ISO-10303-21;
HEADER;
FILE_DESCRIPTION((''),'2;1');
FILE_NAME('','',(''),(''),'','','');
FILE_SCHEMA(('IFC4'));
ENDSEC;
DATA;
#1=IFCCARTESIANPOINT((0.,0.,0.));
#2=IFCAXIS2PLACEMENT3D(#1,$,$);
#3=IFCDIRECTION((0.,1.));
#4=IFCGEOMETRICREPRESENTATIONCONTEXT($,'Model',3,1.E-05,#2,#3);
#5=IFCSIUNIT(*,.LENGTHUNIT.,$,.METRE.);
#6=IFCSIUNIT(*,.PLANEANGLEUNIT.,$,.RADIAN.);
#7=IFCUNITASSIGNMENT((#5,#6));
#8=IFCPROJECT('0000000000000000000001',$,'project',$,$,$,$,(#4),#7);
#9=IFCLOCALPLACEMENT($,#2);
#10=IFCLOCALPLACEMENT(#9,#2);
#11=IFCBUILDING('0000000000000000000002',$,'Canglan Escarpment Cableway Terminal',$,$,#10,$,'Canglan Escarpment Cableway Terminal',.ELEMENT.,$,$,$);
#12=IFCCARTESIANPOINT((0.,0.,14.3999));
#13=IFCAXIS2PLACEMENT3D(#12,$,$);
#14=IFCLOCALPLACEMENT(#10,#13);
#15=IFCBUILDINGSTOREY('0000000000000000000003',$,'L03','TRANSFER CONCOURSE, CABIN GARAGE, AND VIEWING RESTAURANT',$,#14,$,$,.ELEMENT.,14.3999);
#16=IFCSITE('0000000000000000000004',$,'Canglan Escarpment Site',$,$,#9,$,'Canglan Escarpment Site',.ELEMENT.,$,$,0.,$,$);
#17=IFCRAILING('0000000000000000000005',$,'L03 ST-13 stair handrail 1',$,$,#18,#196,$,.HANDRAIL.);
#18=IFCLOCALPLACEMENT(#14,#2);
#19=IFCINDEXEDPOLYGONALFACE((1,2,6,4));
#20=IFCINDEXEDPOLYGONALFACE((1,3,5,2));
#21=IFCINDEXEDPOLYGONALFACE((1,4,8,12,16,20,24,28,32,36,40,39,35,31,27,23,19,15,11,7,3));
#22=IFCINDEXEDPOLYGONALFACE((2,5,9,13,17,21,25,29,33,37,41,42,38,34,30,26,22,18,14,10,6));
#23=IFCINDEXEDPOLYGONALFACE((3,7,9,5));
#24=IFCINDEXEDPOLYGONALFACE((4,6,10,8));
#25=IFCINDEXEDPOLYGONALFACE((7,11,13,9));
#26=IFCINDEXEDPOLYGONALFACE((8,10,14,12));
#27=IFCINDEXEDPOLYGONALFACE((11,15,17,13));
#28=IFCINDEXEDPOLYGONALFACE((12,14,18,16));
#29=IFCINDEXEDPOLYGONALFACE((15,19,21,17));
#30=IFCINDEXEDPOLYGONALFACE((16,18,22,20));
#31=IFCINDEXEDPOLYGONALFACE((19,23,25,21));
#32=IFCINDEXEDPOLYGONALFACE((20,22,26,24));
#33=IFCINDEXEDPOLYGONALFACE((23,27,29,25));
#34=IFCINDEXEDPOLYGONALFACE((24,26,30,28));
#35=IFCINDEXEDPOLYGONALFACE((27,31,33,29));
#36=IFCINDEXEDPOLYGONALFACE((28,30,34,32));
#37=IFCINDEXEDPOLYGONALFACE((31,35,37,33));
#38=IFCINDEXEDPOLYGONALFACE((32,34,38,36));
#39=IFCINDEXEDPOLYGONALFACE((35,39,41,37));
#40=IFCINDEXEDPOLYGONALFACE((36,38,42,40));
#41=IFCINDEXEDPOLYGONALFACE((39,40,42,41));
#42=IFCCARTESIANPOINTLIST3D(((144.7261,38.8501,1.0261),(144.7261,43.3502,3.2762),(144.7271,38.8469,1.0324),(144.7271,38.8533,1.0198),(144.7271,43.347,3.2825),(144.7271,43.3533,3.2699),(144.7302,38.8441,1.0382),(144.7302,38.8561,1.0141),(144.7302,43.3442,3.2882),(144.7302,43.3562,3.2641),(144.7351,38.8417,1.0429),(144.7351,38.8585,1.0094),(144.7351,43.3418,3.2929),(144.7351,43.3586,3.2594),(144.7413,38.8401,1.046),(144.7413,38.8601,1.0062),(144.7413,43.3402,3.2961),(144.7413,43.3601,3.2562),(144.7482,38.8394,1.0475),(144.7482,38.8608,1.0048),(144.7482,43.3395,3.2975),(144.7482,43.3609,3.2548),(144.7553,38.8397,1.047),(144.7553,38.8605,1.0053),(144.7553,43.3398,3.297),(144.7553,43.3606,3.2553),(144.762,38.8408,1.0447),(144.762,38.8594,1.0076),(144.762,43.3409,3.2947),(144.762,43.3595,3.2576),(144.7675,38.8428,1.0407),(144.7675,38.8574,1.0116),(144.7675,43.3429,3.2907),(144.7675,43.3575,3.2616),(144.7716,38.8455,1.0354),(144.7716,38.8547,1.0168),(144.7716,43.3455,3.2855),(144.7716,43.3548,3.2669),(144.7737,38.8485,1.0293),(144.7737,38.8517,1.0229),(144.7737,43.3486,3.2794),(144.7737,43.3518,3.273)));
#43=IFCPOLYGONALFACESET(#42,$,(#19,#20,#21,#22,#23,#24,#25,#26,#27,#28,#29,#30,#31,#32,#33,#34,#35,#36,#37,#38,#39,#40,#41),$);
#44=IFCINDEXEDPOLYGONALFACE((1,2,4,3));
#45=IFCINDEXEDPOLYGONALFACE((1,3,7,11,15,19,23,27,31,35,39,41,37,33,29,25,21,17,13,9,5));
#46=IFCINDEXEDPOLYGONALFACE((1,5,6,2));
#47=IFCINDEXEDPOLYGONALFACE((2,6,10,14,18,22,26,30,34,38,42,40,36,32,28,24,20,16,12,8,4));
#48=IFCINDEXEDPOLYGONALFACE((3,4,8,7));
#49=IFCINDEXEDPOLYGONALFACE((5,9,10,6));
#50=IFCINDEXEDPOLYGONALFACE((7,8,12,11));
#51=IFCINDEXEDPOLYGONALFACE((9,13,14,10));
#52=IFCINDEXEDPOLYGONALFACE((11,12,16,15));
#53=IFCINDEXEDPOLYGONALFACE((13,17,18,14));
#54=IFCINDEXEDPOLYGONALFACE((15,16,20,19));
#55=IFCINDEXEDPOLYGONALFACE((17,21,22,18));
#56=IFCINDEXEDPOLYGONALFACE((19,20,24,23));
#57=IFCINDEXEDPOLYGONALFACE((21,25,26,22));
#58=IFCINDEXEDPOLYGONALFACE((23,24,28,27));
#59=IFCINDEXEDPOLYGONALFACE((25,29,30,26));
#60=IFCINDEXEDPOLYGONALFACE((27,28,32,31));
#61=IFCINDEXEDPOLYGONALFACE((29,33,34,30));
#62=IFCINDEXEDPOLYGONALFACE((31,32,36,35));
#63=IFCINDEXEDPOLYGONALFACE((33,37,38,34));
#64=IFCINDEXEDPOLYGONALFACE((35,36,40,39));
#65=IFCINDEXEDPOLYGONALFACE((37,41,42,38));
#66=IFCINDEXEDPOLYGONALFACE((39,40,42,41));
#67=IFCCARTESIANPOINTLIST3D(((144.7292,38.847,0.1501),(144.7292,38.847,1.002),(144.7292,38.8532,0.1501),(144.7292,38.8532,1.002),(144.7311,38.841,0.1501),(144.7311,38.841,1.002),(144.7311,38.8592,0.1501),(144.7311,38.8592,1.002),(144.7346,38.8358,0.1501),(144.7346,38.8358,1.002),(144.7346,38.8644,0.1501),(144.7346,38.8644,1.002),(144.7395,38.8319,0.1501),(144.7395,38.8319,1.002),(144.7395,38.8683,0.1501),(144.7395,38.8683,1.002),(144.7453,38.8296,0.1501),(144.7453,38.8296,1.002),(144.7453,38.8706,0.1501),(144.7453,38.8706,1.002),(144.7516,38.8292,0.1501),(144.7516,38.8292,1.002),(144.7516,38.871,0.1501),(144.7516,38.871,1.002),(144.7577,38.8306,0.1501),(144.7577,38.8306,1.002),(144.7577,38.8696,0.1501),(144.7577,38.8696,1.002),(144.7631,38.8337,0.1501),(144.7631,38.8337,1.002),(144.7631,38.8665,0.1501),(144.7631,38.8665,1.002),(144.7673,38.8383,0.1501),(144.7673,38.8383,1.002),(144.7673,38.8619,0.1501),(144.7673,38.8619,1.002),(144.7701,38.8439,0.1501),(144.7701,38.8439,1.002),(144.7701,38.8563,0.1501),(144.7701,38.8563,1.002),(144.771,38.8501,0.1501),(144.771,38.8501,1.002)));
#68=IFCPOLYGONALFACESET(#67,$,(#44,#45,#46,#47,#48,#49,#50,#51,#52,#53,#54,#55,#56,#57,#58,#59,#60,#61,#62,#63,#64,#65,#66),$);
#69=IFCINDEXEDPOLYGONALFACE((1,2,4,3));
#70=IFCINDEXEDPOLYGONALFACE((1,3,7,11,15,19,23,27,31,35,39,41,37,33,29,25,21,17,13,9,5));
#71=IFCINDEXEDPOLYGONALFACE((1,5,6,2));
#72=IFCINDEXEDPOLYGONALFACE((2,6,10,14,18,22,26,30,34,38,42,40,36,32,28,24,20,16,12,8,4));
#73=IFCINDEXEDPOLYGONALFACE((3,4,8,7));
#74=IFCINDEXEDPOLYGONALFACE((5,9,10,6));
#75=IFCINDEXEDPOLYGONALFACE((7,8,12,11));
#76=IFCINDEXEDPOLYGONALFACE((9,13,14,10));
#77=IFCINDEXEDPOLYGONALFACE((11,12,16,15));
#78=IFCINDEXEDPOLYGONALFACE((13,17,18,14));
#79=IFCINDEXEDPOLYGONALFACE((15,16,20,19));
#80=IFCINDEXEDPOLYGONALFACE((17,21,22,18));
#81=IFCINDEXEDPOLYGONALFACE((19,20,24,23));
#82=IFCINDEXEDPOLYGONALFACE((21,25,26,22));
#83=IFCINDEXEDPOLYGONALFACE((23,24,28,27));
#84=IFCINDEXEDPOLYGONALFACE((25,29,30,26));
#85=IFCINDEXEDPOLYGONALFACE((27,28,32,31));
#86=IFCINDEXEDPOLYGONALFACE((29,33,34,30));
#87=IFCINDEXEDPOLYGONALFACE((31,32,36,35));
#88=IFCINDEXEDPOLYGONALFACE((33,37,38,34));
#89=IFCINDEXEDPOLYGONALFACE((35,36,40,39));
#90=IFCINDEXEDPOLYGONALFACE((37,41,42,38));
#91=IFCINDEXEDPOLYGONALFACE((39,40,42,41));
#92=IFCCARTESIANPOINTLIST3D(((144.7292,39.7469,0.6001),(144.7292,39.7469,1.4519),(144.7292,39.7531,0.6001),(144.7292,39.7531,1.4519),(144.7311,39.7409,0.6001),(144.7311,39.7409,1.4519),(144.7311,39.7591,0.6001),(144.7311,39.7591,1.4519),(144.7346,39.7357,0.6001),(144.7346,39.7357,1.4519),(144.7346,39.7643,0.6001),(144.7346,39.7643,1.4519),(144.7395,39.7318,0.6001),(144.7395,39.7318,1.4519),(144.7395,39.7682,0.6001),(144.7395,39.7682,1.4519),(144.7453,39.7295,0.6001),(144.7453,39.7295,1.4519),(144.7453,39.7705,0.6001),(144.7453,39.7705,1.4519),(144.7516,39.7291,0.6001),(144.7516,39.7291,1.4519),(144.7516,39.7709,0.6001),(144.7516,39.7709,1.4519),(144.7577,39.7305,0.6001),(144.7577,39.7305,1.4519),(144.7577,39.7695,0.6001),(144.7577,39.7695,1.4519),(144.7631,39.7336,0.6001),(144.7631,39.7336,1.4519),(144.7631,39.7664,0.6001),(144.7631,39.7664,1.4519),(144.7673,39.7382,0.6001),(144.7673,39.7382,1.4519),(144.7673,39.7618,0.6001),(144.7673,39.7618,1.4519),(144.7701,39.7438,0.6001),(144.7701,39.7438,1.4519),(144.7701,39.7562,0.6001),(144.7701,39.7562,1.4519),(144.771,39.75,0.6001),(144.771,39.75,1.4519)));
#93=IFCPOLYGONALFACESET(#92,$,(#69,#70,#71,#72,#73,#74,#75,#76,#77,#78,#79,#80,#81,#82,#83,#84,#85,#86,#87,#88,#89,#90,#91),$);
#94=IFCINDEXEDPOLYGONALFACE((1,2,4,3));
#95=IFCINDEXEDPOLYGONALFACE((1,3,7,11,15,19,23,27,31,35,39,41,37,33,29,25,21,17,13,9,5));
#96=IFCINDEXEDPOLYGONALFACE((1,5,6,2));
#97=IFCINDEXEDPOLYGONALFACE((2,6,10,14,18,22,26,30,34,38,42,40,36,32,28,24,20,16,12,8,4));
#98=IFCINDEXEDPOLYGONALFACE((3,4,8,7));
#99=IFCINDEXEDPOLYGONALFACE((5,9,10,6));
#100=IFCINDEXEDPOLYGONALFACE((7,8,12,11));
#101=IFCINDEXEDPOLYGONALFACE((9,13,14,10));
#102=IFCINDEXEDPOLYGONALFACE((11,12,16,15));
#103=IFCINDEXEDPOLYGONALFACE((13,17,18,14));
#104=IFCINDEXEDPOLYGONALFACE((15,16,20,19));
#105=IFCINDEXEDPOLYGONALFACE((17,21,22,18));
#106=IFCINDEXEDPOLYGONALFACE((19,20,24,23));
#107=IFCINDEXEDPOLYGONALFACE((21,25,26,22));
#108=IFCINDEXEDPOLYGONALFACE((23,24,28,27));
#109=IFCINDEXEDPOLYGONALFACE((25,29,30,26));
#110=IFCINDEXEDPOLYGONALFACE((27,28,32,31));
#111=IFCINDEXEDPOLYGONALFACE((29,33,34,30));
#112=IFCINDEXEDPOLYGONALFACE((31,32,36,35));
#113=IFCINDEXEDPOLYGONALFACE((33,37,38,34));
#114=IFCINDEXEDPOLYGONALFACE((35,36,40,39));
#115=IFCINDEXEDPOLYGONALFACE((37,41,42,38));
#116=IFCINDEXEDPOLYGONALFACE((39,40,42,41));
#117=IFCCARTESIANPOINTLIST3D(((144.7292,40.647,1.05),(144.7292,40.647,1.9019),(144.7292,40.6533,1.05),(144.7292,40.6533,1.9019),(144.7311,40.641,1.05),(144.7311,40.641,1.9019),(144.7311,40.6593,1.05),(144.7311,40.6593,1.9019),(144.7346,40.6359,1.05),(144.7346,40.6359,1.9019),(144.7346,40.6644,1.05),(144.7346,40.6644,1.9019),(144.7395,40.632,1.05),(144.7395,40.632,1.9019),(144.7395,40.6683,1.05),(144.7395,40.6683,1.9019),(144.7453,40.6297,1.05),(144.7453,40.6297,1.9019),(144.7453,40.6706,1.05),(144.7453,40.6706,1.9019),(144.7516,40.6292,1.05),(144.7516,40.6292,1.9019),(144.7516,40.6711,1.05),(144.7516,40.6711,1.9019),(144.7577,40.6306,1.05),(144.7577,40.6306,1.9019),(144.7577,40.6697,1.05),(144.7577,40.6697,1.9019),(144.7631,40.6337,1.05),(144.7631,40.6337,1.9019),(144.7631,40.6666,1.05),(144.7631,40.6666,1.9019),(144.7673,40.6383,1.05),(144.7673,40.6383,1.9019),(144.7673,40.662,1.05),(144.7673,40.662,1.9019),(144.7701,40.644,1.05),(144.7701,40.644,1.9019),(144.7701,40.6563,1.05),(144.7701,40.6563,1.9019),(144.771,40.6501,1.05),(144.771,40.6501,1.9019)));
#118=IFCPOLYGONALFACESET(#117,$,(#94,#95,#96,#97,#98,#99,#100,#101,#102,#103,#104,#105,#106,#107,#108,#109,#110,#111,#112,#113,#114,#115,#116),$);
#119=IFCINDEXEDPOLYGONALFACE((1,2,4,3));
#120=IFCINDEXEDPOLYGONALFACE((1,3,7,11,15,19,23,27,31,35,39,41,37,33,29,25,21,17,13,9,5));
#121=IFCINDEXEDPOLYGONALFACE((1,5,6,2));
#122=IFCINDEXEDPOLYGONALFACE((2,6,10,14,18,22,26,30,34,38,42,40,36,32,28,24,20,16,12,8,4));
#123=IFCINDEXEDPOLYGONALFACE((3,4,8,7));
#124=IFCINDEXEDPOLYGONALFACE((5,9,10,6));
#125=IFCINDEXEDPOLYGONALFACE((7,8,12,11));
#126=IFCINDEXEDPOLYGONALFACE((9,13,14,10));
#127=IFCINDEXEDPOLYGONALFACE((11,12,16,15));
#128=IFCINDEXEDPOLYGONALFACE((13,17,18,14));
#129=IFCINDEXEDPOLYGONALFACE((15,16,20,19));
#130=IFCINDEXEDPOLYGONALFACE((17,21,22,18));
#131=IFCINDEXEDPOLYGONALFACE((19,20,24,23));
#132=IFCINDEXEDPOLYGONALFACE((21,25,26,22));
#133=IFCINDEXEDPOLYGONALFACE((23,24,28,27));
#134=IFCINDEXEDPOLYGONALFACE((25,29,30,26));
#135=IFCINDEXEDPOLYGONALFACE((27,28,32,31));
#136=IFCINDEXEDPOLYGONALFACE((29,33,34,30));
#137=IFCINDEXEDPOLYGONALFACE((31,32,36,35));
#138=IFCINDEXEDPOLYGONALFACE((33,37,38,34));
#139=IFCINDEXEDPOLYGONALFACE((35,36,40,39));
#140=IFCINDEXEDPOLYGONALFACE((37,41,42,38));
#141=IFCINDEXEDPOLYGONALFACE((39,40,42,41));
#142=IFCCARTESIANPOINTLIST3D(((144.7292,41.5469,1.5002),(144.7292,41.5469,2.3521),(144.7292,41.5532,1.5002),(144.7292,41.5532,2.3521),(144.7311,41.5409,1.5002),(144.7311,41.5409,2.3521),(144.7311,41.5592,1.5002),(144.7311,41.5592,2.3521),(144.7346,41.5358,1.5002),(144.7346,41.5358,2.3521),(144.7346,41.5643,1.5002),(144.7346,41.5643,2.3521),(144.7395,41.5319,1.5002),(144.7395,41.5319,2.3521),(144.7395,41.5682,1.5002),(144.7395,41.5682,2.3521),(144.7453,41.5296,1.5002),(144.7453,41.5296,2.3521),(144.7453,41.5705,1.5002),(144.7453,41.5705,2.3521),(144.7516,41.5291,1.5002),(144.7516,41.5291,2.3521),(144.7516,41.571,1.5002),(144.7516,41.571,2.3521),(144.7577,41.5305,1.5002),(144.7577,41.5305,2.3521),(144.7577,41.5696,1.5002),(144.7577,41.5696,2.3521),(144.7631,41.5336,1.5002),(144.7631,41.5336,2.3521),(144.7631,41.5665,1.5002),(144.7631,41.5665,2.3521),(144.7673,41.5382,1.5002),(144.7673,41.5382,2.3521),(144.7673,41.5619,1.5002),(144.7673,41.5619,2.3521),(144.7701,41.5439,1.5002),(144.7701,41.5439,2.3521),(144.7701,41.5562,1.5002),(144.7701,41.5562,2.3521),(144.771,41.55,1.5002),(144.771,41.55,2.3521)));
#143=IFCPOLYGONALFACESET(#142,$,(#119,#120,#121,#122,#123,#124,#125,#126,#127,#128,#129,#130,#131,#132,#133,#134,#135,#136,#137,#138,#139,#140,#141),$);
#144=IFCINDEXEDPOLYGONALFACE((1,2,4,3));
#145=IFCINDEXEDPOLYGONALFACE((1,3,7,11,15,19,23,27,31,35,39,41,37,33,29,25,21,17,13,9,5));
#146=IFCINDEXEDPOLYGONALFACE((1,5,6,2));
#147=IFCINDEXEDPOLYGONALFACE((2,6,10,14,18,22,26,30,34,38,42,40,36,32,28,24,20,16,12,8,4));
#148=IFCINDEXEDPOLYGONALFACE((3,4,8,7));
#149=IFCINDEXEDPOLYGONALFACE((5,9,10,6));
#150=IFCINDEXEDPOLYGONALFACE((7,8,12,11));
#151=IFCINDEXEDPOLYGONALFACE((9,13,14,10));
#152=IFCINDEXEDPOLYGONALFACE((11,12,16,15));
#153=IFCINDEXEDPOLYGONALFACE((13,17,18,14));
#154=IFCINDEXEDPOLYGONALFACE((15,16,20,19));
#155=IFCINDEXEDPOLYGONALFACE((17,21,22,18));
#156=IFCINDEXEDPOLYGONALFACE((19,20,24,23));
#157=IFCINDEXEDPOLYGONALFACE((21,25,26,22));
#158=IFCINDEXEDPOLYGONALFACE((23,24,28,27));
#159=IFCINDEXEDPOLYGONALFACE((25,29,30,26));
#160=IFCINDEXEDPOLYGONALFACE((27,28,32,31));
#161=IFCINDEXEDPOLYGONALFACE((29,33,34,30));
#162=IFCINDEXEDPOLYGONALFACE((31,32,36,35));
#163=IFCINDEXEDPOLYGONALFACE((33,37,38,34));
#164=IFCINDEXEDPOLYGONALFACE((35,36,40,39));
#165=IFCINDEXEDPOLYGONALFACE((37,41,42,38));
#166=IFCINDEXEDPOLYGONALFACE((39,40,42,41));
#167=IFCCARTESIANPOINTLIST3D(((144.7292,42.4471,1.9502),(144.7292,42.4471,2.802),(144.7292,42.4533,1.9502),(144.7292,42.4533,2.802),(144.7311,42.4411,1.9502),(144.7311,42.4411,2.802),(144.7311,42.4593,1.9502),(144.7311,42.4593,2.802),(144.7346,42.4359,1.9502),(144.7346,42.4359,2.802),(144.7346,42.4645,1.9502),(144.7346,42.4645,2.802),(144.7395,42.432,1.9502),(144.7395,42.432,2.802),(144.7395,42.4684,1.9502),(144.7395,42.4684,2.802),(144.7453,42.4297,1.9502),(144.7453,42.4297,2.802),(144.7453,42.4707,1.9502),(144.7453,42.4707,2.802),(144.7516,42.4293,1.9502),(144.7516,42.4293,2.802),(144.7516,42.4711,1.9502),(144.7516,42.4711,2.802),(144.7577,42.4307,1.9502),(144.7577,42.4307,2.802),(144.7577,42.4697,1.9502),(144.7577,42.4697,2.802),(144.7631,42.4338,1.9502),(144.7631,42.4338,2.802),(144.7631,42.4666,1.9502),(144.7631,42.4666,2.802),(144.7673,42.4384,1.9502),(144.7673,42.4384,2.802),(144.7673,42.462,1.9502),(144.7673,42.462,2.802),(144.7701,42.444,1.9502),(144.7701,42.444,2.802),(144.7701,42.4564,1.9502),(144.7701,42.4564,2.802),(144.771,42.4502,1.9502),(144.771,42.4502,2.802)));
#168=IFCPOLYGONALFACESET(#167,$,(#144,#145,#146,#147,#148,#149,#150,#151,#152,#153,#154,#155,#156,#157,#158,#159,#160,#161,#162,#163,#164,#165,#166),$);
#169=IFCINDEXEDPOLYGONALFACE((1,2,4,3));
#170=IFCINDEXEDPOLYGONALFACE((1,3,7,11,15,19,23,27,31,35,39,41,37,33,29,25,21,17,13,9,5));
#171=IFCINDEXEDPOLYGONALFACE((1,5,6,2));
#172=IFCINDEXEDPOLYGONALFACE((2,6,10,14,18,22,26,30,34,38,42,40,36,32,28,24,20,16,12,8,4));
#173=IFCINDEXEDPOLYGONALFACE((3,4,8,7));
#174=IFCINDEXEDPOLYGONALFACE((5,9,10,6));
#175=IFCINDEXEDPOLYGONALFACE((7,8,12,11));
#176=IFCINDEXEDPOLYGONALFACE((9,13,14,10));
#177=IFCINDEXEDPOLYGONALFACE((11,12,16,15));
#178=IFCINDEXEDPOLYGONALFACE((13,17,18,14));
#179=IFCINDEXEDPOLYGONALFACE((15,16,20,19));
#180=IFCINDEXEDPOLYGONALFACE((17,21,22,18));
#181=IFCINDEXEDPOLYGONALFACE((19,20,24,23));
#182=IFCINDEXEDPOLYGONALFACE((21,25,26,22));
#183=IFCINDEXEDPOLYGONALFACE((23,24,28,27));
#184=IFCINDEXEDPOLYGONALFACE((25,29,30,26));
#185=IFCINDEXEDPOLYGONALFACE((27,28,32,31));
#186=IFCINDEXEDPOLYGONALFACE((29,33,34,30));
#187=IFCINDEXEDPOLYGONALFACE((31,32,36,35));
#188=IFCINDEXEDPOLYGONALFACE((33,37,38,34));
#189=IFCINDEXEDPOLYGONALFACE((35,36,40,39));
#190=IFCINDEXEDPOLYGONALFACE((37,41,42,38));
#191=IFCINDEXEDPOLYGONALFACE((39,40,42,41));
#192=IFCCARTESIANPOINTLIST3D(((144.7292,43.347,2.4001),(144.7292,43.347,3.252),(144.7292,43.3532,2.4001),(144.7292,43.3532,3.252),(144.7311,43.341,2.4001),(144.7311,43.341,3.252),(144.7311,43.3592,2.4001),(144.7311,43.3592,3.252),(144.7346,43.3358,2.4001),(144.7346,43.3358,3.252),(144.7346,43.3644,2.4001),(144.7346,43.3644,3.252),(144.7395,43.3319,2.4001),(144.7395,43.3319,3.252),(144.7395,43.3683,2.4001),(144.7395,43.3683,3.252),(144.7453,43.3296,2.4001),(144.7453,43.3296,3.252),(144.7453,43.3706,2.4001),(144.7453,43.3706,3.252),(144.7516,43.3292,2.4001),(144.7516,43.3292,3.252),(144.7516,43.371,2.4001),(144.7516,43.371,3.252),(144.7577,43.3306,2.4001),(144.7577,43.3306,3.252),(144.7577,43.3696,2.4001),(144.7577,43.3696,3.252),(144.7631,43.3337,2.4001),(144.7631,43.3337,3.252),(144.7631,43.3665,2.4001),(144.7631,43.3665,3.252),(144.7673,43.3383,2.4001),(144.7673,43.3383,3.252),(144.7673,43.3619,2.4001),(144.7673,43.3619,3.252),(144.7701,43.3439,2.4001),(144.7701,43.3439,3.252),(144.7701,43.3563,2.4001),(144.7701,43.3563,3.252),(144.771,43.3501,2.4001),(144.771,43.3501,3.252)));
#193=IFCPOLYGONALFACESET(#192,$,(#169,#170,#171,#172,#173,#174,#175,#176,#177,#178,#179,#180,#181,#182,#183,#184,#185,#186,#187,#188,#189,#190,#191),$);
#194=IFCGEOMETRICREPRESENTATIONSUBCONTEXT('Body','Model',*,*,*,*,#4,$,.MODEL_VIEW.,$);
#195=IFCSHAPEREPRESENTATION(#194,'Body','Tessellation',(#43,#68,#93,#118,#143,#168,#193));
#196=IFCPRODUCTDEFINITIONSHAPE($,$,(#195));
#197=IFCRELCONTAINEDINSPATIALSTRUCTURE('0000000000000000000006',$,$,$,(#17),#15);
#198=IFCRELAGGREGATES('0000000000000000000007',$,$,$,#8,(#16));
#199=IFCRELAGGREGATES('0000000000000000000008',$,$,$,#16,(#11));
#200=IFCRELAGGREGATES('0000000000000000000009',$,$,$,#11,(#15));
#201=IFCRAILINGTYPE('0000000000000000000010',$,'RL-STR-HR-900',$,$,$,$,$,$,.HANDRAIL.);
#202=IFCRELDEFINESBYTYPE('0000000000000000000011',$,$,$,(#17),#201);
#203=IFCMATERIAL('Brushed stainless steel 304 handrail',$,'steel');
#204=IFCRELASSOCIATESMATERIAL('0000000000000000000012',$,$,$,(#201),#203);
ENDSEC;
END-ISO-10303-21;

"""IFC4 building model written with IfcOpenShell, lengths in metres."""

from ifc_helpers import new_model, si_unit, direction, frame, origin, origin_2d, place, context, subcontext, project, spatial, circle, extrude, material, type_object, element, save


model = new_model("IFC4")

# Units and contexts
model_context = context("Model", 3, precision=1e-05, world=origin(), true_north=direction((0.0, 1.0)))
body_context = subcontext(model_context, "Body", "Model", "MODEL_VIEW")
ifc_project = project(units=[si_unit("LENGTHUNIT", "METRE"), si_unit("PLANEANGLEUNIT", "RADIAN")], contexts=[model_context])

# Site, building, storey
site_placement = place(None, origin())
site = spatial("IfcSite", under=ifc_project, at=site_placement, Name="Canglan Escarpment Site", LongName="Canglan Escarpment Site", CompositionType="ELEMENT", RefElevation=0.0)
building_placement = place(site_placement, origin())
building = spatial("IfcBuilding", under=site, at=building_placement, Name="Canglan Escarpment Cableway Terminal", LongName="Canglan Escarpment Cableway Terminal", CompositionType="ELEMENT")
storey_placement = place(building_placement, frame((0.0, 0.0, 14.3999)))
storey = spatial("IfcBuildingStorey", under=building, at=storey_placement, Name="L03", Description="TRANSFER CONCOURSE, CABIN GARAGE, AND VIEWING RESTAURANT", CompositionType="ELEMENT", Elevation=14.3999)

# Railing
ifc_material_1 = material(Name="Brushed stainless steel 304 handrail", Category="steel")
railing_type_1 = type_object("IfcRailingType", Name="RL-STR-HR-900", PredefinedType="HANDRAIL", material=ifc_material_1)
railing_1_placement = place(storey_placement, frame((144.75, 38.8501, 0.1501)))
element("IfcRailing", 1, at=railing_1_placement, inside=storey, type_object=railing_type_1, Name="L03 ST-13 stair handrail 1", PredefinedType="HANDRAIL", context=body_context, shape_type="SweptSolid", body=[
    extrude(circle(Radius=0.0239, at=origin_2d()), frame((0.0, 0.0, 0.876), z_axis=(0.0, 0.894427, 0.447214), x_axis=(-1.0, 0.0, 0.0)), (0.0, 0.0, 1.0), 5.0312),
    extrude(circle(Radius=0.021, at=origin_2d()), origin(), (0.0, 0.0, 1.0), 0.8518),
    extrude(circle(Radius=0.021, at=origin_2d()), frame((0.0, 0.8999, 0.45)), (0.0, 0.0, 1.0), 0.8518),
    extrude(circle(Radius=0.021, at=origin_2d()), frame((0.0, 1.8, 0.8999)), (0.0, 0.0, 1.0), 0.8518),
    extrude(circle(Radius=0.021, at=origin_2d()), frame((0.0, 2.7, 1.3501)), (0.0, 0.0, 1.0), 0.8518),
    extrude(circle(Radius=0.021, at=origin_2d()), frame((0.0, 3.6001, 1.8)), (0.0, 0.0, 1.0), 0.8518),
    extrude(circle(Radius=0.021, at=origin_2d()), frame((0.0, 4.5, 2.25)), (0.0, 0.0, 1.0), 0.8518),
])

save(model, "model.ifc")
